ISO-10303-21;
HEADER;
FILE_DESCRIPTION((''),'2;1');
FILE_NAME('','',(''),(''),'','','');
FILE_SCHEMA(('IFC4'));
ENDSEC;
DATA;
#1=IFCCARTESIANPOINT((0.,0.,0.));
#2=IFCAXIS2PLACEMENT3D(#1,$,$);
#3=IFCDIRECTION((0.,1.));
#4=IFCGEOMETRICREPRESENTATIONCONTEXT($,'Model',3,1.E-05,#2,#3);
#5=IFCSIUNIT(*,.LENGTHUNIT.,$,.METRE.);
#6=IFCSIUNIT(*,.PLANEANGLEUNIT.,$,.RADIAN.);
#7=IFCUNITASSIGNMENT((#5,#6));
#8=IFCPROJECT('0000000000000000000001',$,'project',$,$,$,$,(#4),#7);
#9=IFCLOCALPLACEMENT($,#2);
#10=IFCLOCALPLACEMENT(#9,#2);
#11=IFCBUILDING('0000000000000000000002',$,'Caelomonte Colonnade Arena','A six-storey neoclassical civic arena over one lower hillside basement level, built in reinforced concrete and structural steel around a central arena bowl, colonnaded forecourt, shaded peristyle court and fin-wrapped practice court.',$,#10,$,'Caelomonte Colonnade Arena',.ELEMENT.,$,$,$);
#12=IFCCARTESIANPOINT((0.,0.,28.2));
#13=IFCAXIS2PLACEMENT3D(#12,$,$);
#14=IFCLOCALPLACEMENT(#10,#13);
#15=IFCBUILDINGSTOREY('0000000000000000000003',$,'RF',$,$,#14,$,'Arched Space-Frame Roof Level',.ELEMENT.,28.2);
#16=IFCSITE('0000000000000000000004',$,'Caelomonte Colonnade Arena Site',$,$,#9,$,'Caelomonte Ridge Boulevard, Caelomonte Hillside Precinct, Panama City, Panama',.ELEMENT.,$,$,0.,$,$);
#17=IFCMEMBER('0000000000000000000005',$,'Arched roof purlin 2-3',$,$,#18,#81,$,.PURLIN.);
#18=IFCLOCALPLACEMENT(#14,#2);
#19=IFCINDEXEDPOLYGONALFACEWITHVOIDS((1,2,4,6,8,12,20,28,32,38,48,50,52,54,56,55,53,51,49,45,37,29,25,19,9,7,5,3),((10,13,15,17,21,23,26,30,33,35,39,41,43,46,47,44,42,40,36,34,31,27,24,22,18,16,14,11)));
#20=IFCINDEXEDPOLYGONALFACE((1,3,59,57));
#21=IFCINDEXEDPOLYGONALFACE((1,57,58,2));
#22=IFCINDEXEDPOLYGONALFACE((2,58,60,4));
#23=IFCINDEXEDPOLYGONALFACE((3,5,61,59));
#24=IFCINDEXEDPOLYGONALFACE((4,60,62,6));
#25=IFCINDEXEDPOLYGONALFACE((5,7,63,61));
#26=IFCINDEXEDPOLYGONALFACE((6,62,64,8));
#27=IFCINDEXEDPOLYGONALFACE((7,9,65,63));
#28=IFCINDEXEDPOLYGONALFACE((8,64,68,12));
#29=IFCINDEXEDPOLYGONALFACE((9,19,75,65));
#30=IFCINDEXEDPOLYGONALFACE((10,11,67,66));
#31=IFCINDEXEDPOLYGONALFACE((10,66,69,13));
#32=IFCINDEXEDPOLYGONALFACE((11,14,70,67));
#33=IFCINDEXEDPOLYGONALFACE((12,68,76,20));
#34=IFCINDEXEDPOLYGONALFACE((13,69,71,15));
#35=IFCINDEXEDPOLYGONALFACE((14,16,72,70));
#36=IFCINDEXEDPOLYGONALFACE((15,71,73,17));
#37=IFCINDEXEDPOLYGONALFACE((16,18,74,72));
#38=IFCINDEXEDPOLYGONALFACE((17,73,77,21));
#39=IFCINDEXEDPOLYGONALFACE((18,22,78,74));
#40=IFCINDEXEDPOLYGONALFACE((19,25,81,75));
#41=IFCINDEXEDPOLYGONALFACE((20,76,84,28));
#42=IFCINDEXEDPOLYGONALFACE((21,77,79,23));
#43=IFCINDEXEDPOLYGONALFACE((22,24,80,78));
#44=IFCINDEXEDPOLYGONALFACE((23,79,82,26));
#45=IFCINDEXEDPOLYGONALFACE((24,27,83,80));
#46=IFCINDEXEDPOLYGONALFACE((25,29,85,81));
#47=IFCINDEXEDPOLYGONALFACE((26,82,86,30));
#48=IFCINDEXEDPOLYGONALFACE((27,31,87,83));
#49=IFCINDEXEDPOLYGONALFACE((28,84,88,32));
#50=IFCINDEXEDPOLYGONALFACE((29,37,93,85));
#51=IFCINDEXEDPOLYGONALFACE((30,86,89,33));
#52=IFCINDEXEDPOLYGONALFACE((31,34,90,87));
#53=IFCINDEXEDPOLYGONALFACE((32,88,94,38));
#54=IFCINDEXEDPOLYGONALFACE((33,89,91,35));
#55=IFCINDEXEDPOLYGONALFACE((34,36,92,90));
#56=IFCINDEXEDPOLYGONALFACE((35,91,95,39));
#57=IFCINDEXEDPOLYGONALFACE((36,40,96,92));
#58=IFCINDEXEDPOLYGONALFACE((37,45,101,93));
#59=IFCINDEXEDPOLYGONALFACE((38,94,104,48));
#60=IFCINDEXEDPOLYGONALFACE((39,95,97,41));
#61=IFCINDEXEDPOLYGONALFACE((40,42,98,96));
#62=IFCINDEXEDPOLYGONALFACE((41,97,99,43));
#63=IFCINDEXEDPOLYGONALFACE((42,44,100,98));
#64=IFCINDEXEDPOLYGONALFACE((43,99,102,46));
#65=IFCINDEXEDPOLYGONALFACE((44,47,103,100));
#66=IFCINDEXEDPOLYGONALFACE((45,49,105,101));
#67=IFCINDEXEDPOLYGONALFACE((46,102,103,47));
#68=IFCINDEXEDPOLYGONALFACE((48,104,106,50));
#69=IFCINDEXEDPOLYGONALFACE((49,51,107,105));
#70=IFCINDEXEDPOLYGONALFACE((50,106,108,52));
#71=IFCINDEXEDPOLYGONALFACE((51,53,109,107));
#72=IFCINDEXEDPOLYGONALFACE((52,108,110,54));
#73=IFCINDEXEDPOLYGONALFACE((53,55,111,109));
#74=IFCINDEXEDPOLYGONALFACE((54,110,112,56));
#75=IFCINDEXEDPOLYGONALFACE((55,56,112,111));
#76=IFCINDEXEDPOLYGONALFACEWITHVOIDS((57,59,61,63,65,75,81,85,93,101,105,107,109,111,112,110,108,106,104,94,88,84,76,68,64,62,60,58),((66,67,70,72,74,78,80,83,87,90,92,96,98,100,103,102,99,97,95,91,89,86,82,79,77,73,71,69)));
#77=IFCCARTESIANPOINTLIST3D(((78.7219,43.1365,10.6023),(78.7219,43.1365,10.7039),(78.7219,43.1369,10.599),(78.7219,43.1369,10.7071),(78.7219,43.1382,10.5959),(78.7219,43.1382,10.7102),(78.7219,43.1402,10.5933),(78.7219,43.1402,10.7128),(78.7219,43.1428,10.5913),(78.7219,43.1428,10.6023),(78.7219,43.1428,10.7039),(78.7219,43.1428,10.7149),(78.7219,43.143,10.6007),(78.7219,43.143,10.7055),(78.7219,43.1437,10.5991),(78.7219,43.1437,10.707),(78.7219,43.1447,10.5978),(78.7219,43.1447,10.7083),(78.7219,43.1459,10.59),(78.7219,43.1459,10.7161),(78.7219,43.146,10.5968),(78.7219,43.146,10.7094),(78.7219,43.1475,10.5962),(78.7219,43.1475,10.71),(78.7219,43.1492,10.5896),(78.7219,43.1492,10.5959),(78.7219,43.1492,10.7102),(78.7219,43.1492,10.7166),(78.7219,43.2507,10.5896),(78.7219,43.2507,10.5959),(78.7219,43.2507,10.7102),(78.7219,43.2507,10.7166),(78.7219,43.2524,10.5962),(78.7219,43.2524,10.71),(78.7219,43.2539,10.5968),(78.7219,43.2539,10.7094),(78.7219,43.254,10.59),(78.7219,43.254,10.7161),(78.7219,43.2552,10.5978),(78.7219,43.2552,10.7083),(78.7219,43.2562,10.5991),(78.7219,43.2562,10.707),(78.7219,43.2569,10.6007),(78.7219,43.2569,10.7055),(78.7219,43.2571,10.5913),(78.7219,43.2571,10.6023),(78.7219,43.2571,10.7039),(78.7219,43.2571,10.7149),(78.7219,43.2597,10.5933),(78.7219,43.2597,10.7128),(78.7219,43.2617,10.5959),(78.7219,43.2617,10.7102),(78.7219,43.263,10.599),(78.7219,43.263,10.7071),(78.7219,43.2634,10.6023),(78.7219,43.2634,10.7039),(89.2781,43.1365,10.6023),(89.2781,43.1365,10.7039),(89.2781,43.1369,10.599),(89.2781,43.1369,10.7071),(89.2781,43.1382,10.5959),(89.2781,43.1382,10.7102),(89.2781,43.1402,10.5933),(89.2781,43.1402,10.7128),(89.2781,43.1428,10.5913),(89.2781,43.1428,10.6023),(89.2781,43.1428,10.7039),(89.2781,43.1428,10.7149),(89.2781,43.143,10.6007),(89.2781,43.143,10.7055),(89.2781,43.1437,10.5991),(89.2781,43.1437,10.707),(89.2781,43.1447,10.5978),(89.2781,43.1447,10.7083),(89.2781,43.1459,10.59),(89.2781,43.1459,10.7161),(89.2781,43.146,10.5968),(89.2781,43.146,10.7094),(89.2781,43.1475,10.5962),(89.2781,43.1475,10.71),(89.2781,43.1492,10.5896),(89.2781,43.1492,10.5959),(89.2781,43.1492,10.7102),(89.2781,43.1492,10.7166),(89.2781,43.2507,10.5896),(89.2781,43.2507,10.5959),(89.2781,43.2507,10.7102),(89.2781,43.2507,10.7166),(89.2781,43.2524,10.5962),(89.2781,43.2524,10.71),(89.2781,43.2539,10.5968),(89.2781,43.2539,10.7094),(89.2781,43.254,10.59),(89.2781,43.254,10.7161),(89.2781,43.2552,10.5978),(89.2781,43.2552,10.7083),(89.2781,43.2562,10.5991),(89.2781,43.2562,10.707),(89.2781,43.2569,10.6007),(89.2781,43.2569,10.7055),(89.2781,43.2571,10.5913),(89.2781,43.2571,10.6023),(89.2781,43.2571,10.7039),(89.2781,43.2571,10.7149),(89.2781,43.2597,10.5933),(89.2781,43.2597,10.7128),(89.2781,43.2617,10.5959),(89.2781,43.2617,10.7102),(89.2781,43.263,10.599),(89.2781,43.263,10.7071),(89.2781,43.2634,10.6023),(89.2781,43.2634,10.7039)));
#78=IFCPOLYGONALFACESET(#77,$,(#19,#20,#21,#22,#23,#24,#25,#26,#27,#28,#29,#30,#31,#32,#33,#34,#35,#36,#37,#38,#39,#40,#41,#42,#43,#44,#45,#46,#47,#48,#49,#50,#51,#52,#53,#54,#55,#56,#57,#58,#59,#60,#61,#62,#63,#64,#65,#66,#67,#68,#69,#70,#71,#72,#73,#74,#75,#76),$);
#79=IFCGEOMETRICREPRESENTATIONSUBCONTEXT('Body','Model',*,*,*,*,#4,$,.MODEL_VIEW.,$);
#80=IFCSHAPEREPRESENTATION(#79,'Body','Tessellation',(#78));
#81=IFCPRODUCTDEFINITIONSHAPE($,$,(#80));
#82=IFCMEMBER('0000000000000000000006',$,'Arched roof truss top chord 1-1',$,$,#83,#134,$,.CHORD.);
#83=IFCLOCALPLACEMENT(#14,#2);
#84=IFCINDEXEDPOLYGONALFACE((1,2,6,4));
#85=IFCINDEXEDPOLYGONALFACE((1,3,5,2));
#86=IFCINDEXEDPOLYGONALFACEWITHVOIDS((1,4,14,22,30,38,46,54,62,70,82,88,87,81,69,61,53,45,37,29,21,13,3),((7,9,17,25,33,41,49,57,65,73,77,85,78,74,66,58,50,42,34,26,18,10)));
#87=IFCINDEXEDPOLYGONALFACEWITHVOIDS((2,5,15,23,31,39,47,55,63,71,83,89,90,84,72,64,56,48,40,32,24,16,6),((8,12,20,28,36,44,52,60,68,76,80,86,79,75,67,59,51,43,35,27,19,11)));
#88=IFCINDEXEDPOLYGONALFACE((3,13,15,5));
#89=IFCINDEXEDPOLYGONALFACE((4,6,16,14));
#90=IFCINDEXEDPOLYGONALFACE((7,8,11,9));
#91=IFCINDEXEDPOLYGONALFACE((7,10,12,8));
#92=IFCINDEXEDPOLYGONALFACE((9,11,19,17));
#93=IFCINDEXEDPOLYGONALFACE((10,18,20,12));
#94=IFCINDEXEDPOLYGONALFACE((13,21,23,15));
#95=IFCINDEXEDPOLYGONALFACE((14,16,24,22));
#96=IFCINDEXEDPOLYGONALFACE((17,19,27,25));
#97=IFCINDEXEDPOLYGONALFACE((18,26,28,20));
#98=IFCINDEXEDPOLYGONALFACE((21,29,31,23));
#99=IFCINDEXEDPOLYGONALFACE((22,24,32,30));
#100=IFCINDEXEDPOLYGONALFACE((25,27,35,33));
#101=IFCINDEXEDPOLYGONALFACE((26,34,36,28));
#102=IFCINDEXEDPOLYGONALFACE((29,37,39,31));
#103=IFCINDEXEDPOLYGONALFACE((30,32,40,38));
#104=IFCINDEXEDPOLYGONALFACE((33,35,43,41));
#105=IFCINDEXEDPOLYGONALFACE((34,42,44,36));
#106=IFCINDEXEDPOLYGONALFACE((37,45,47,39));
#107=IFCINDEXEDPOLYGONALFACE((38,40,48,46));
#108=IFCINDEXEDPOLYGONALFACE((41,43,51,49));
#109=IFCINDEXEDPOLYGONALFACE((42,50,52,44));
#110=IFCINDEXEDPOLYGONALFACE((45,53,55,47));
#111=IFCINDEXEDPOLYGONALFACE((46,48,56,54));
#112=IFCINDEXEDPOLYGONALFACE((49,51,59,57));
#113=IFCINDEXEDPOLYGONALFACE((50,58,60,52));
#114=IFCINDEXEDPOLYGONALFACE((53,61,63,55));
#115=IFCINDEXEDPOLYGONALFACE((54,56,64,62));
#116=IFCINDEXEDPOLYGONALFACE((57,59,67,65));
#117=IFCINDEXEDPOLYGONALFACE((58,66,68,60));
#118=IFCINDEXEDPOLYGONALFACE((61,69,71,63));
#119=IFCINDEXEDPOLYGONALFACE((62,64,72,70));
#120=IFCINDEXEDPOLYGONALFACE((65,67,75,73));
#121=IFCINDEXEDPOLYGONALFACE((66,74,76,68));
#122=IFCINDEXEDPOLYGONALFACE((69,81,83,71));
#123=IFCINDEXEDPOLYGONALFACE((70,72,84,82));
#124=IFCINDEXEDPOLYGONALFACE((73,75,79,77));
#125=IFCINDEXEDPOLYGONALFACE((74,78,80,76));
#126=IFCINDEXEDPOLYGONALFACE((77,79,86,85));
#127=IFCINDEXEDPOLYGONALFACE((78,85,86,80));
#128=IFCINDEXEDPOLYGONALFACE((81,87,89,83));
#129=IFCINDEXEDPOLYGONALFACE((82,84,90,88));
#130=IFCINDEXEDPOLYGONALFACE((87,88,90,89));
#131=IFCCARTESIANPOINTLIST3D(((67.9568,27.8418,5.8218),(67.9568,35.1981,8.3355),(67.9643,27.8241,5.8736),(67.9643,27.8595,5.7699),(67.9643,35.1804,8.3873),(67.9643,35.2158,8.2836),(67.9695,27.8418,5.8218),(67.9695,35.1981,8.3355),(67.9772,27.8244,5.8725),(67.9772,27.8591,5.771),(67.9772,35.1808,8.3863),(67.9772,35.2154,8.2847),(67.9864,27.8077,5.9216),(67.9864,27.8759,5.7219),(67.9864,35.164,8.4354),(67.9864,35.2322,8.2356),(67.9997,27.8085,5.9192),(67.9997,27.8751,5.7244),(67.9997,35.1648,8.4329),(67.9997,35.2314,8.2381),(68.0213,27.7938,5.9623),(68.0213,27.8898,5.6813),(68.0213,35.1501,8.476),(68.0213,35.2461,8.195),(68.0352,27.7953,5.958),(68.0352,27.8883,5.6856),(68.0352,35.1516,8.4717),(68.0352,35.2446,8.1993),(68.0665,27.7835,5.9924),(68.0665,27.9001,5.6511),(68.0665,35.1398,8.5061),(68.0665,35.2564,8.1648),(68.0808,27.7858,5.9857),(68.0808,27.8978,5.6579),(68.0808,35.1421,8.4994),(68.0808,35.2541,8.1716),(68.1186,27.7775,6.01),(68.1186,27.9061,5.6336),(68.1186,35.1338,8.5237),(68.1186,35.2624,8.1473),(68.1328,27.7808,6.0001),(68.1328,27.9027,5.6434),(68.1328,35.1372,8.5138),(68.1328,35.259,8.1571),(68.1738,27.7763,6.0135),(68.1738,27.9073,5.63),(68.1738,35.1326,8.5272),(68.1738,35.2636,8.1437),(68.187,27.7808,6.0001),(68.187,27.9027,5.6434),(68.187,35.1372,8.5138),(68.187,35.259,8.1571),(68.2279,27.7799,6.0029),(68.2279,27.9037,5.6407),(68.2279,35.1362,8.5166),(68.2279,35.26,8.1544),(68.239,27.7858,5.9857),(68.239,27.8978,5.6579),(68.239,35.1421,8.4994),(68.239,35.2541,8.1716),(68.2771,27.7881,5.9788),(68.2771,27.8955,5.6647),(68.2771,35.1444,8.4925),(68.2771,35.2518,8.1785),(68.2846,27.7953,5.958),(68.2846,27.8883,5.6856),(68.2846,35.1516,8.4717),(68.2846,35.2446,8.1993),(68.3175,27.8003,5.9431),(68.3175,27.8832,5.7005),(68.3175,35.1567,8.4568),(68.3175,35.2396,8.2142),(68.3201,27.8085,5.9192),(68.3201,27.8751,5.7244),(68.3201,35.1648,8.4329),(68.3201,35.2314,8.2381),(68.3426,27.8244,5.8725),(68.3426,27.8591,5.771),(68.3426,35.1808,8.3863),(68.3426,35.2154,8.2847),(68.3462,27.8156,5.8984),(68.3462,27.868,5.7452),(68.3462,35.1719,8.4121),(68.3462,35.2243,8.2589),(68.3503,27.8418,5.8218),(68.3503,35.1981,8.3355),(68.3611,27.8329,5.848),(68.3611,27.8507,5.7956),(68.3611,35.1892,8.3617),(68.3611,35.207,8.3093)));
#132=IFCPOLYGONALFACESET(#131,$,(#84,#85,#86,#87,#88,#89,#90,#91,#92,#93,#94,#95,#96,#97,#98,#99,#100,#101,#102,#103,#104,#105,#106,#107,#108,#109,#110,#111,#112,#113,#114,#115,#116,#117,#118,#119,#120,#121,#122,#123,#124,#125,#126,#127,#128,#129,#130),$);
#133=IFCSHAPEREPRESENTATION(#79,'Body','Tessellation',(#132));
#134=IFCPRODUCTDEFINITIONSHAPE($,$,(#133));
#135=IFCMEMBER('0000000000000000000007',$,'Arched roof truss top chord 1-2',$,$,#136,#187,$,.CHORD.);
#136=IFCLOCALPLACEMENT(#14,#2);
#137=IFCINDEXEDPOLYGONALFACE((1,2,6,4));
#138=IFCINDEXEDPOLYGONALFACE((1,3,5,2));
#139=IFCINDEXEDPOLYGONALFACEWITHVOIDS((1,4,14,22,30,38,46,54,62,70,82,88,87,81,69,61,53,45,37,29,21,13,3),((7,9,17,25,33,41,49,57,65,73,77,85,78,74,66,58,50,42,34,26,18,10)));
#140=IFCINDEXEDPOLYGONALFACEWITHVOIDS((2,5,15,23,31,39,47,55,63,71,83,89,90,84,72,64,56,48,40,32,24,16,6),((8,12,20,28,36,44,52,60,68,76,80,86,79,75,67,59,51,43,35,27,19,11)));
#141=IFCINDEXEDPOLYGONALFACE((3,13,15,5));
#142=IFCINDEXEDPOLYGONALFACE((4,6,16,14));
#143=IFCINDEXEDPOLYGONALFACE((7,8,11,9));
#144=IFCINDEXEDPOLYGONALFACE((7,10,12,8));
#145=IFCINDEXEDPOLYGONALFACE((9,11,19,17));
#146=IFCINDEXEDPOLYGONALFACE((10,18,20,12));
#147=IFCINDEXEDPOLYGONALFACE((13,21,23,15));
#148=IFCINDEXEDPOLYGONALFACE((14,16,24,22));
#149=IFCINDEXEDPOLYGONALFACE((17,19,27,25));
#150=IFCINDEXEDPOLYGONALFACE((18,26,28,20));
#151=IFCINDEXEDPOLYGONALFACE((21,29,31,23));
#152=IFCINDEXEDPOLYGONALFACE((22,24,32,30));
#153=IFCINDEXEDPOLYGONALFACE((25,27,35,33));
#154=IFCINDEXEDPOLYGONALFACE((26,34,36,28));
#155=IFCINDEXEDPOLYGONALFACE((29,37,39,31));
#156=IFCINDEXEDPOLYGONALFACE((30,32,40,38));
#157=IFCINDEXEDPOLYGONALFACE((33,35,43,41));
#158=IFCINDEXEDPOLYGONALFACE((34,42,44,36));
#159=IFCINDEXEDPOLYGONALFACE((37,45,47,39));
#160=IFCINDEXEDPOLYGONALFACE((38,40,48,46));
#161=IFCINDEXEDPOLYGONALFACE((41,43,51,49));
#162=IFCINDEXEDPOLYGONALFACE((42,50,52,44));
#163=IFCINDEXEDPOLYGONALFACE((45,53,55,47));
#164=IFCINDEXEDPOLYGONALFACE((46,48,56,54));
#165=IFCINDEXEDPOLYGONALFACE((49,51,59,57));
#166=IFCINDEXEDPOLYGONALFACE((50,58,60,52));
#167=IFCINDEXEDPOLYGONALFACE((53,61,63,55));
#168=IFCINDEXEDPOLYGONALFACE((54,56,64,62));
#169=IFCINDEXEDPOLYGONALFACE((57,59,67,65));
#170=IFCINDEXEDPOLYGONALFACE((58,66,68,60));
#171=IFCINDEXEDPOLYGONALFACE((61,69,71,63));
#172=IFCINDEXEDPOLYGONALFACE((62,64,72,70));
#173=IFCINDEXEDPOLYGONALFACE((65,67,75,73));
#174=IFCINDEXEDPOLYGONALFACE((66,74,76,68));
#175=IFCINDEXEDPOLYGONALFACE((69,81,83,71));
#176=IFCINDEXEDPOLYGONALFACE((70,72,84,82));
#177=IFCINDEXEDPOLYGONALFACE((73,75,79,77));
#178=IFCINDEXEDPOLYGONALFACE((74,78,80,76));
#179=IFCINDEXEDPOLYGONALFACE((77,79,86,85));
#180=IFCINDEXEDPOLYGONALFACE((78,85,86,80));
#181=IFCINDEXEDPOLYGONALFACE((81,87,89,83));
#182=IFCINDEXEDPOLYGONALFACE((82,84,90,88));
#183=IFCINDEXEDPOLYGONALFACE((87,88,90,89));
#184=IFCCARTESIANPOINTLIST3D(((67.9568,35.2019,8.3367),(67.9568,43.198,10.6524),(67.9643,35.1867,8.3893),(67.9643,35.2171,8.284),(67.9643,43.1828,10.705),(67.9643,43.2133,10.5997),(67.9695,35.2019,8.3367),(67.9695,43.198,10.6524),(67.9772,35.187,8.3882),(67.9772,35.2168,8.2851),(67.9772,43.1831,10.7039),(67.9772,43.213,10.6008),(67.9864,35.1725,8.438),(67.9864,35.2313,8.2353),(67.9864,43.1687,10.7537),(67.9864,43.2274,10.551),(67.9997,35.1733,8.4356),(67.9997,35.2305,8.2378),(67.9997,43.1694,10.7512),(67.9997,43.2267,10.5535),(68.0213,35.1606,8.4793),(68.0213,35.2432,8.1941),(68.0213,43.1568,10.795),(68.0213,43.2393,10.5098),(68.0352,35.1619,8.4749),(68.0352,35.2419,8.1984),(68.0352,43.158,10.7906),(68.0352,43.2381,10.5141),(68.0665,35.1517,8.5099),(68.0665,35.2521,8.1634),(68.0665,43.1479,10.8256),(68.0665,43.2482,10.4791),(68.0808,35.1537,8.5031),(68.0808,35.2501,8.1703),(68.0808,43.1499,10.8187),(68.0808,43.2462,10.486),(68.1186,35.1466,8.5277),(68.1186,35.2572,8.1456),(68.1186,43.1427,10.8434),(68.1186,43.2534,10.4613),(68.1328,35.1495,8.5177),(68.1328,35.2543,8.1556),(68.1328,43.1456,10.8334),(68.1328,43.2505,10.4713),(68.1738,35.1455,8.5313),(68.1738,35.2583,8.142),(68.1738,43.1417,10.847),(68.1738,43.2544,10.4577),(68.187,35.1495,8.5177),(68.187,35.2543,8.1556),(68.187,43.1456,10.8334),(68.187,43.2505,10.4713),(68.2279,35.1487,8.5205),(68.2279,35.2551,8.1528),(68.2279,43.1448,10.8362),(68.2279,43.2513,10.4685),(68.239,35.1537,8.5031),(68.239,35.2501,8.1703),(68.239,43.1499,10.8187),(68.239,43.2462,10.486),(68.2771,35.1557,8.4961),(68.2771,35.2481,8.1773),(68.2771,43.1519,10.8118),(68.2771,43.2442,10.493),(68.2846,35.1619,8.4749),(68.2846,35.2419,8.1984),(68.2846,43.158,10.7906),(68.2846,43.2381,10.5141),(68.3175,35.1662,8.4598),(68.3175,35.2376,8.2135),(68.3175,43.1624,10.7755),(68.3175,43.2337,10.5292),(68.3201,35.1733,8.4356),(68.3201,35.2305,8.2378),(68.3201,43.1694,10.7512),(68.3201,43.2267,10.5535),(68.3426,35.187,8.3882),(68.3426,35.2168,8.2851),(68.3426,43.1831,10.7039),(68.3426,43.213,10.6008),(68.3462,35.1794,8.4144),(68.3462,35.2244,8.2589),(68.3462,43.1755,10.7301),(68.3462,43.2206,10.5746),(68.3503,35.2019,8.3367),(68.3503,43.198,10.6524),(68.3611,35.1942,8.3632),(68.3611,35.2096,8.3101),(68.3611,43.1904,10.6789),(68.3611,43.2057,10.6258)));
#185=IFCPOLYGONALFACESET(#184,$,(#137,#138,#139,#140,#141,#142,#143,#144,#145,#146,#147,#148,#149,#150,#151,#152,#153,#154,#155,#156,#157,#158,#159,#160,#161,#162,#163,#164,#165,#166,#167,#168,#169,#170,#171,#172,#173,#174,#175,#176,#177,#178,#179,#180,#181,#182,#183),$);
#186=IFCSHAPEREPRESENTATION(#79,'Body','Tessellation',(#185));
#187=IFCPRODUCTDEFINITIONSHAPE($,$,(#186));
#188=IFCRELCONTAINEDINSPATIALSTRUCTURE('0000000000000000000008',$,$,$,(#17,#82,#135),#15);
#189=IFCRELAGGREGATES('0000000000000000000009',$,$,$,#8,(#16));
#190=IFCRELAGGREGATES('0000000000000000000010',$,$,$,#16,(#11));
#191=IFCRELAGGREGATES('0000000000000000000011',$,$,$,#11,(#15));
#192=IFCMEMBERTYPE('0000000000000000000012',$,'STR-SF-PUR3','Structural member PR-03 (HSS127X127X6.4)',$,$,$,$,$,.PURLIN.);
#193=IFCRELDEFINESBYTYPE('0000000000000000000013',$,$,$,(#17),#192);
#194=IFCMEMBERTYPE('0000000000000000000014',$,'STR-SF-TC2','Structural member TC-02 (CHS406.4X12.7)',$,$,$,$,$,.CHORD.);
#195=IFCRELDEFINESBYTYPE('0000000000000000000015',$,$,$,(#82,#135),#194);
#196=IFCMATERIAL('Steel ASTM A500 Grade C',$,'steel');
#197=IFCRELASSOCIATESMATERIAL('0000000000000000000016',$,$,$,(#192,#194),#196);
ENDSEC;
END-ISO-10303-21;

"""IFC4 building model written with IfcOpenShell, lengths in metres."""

from ifc_helpers import new_model, si_unit, direction, frame, origin, origin_2d, place, context, subcontext, project, spatial, hollow_rectangle, hollow_circle, extrude, material, material_profile, profile_set, type_object, element, save


model = new_model("IFC4")

# Units and contexts
model_context = context("Model", 3, precision=1e-05, world=origin(), true_north=direction((0.0, 1.0)))
body_context = subcontext(model_context, "Body", "Model", "MODEL_VIEW")
ifc_project = project(units=[si_unit("LENGTHUNIT", "METRE"), si_unit("PLANEANGLEUNIT", "RADIAN")], contexts=[model_context])

# Site, building, storey
site_placement = place(None, origin())
site = spatial("IfcSite", under=ifc_project, at=site_placement, Name="Caelomonte Colonnade Arena Site", LongName="Caelomonte Ridge Boulevard, Caelomonte Hillside Precinct, Panama City, Panama", CompositionType="ELEMENT", RefElevation=0.0)
building_placement = place(site_placement, origin())
building = spatial("IfcBuilding", under=site, at=building_placement, Name="Caelomonte Colonnade Arena", Description="A six-storey neoclassical civic arena over one lower hillside basement level, built in reinforced concrete and structural steel around a central arena bowl, colonnaded forecourt, shaded peristyle court and fin-wrapped practice court.", LongName="Caelomonte Colonnade Arena", CompositionType="ELEMENT")
storey_placement = place(building_placement, frame((0.0, 0.0, 28.2)))
storey = spatial("IfcBuildingStorey", under=building, at=storey_placement, Name="RF", LongName="Arched Space-Frame Roof Level", CompositionType="ELEMENT", Elevation=28.2)

# Members
ifc_material_1 = material(Name="Steel ASTM A500 Grade C", Category="steel")
ifc_material_profile_1 = material_profile(ifc_material_1, hollow_rectangle(XDim=0.127, YDim=0.127, WallThickness=0.0063, InnerFilletRadius=0.0063, OuterFilletRadius=0.0127, at=origin_2d()), Name="HSS127X127X6.4")
ifc_profile_set_1 = profile_set([ifc_material_profile_1], Name="Steel ASTM A500 Grade C")
member_type_1 = type_object("IfcMemberType", Name="STR-SF-PUR3", Description="Structural member PR-03 (HSS127X127X6.4)", PredefinedType="PURLIN", material=ifc_profile_set_1)
member_1_placement = place(storey_placement, frame((78.7219, 43.2, 10.6531), z_axis=(1.0, 0.0, 0.0), x_axis=(0.0, 1.0, 0.0)))
element("IfcMember", 1, at=member_1_placement, inside=storey, type_object=member_type_1, Name="Arched roof purlin 2-3", PredefinedType="PURLIN", context=body_context, shape_type="SweptSolid", body=[
    extrude(hollow_rectangle(XDim=0.127, YDim=0.127, WallThickness=0.0063, InnerFilletRadius=0.0063, OuterFilletRadius=0.0127, at=origin_2d()), origin(), (0.0, 0.0, 1.0), 10.5562),
])
ifc_material_profile_2 = material_profile(ifc_material_1, hollow_circle(Radius=0.2031, WallThickness=0.0127, at=origin_2d()), Name="CHS406.4X12.7")
ifc_profile_set_2 = profile_set([ifc_material_profile_2], Name="Steel ASTM A500 Grade C")
member_type_2 = type_object("IfcMemberType", Name="STR-SF-TC2", Description="Structural member TC-02 (CHS406.4X12.7)", PredefinedType="CHORD", material=ifc_profile_set_2)
member_2_placement = place(storey_placement, frame((68.1599, 27.8418, 5.8218), z_axis=(0.0, 0.946279, 0.323351), x_axis=(-1.0, 0.0, 0.0)))
element("IfcMember", 2, at=member_2_placement, inside=storey, type_object=member_type_2, Name="Arched roof truss top chord 1-1", PredefinedType="CHORD", context=body_context, shape_type="SweptSolid", body=[
    extrude(hollow_circle(Radius=0.2031, WallThickness=0.0127, at=origin_2d()), origin(), (0.0, 0.0, 1.0), 7.7739),
])
member_3_placement = place(storey_placement, frame((68.1599, 35.2019, 8.3367), z_axis=(0.0, 0.960532, 0.278171), x_axis=(-1.0, 0.0, 0.0)))
element("IfcMember", 3, at=member_3_placement, inside=storey, type_object=member_type_2, Name="Arched roof truss top chord 1-2", PredefinedType="CHORD", context=body_context, shape_type="SweptSolid", body=[
    extrude(hollow_circle(Radius=0.2031, WallThickness=0.0127, at=origin_2d()), origin(), (0.0, 0.0, 1.0), 8.3247),
])

save(model, "model.ifc")
